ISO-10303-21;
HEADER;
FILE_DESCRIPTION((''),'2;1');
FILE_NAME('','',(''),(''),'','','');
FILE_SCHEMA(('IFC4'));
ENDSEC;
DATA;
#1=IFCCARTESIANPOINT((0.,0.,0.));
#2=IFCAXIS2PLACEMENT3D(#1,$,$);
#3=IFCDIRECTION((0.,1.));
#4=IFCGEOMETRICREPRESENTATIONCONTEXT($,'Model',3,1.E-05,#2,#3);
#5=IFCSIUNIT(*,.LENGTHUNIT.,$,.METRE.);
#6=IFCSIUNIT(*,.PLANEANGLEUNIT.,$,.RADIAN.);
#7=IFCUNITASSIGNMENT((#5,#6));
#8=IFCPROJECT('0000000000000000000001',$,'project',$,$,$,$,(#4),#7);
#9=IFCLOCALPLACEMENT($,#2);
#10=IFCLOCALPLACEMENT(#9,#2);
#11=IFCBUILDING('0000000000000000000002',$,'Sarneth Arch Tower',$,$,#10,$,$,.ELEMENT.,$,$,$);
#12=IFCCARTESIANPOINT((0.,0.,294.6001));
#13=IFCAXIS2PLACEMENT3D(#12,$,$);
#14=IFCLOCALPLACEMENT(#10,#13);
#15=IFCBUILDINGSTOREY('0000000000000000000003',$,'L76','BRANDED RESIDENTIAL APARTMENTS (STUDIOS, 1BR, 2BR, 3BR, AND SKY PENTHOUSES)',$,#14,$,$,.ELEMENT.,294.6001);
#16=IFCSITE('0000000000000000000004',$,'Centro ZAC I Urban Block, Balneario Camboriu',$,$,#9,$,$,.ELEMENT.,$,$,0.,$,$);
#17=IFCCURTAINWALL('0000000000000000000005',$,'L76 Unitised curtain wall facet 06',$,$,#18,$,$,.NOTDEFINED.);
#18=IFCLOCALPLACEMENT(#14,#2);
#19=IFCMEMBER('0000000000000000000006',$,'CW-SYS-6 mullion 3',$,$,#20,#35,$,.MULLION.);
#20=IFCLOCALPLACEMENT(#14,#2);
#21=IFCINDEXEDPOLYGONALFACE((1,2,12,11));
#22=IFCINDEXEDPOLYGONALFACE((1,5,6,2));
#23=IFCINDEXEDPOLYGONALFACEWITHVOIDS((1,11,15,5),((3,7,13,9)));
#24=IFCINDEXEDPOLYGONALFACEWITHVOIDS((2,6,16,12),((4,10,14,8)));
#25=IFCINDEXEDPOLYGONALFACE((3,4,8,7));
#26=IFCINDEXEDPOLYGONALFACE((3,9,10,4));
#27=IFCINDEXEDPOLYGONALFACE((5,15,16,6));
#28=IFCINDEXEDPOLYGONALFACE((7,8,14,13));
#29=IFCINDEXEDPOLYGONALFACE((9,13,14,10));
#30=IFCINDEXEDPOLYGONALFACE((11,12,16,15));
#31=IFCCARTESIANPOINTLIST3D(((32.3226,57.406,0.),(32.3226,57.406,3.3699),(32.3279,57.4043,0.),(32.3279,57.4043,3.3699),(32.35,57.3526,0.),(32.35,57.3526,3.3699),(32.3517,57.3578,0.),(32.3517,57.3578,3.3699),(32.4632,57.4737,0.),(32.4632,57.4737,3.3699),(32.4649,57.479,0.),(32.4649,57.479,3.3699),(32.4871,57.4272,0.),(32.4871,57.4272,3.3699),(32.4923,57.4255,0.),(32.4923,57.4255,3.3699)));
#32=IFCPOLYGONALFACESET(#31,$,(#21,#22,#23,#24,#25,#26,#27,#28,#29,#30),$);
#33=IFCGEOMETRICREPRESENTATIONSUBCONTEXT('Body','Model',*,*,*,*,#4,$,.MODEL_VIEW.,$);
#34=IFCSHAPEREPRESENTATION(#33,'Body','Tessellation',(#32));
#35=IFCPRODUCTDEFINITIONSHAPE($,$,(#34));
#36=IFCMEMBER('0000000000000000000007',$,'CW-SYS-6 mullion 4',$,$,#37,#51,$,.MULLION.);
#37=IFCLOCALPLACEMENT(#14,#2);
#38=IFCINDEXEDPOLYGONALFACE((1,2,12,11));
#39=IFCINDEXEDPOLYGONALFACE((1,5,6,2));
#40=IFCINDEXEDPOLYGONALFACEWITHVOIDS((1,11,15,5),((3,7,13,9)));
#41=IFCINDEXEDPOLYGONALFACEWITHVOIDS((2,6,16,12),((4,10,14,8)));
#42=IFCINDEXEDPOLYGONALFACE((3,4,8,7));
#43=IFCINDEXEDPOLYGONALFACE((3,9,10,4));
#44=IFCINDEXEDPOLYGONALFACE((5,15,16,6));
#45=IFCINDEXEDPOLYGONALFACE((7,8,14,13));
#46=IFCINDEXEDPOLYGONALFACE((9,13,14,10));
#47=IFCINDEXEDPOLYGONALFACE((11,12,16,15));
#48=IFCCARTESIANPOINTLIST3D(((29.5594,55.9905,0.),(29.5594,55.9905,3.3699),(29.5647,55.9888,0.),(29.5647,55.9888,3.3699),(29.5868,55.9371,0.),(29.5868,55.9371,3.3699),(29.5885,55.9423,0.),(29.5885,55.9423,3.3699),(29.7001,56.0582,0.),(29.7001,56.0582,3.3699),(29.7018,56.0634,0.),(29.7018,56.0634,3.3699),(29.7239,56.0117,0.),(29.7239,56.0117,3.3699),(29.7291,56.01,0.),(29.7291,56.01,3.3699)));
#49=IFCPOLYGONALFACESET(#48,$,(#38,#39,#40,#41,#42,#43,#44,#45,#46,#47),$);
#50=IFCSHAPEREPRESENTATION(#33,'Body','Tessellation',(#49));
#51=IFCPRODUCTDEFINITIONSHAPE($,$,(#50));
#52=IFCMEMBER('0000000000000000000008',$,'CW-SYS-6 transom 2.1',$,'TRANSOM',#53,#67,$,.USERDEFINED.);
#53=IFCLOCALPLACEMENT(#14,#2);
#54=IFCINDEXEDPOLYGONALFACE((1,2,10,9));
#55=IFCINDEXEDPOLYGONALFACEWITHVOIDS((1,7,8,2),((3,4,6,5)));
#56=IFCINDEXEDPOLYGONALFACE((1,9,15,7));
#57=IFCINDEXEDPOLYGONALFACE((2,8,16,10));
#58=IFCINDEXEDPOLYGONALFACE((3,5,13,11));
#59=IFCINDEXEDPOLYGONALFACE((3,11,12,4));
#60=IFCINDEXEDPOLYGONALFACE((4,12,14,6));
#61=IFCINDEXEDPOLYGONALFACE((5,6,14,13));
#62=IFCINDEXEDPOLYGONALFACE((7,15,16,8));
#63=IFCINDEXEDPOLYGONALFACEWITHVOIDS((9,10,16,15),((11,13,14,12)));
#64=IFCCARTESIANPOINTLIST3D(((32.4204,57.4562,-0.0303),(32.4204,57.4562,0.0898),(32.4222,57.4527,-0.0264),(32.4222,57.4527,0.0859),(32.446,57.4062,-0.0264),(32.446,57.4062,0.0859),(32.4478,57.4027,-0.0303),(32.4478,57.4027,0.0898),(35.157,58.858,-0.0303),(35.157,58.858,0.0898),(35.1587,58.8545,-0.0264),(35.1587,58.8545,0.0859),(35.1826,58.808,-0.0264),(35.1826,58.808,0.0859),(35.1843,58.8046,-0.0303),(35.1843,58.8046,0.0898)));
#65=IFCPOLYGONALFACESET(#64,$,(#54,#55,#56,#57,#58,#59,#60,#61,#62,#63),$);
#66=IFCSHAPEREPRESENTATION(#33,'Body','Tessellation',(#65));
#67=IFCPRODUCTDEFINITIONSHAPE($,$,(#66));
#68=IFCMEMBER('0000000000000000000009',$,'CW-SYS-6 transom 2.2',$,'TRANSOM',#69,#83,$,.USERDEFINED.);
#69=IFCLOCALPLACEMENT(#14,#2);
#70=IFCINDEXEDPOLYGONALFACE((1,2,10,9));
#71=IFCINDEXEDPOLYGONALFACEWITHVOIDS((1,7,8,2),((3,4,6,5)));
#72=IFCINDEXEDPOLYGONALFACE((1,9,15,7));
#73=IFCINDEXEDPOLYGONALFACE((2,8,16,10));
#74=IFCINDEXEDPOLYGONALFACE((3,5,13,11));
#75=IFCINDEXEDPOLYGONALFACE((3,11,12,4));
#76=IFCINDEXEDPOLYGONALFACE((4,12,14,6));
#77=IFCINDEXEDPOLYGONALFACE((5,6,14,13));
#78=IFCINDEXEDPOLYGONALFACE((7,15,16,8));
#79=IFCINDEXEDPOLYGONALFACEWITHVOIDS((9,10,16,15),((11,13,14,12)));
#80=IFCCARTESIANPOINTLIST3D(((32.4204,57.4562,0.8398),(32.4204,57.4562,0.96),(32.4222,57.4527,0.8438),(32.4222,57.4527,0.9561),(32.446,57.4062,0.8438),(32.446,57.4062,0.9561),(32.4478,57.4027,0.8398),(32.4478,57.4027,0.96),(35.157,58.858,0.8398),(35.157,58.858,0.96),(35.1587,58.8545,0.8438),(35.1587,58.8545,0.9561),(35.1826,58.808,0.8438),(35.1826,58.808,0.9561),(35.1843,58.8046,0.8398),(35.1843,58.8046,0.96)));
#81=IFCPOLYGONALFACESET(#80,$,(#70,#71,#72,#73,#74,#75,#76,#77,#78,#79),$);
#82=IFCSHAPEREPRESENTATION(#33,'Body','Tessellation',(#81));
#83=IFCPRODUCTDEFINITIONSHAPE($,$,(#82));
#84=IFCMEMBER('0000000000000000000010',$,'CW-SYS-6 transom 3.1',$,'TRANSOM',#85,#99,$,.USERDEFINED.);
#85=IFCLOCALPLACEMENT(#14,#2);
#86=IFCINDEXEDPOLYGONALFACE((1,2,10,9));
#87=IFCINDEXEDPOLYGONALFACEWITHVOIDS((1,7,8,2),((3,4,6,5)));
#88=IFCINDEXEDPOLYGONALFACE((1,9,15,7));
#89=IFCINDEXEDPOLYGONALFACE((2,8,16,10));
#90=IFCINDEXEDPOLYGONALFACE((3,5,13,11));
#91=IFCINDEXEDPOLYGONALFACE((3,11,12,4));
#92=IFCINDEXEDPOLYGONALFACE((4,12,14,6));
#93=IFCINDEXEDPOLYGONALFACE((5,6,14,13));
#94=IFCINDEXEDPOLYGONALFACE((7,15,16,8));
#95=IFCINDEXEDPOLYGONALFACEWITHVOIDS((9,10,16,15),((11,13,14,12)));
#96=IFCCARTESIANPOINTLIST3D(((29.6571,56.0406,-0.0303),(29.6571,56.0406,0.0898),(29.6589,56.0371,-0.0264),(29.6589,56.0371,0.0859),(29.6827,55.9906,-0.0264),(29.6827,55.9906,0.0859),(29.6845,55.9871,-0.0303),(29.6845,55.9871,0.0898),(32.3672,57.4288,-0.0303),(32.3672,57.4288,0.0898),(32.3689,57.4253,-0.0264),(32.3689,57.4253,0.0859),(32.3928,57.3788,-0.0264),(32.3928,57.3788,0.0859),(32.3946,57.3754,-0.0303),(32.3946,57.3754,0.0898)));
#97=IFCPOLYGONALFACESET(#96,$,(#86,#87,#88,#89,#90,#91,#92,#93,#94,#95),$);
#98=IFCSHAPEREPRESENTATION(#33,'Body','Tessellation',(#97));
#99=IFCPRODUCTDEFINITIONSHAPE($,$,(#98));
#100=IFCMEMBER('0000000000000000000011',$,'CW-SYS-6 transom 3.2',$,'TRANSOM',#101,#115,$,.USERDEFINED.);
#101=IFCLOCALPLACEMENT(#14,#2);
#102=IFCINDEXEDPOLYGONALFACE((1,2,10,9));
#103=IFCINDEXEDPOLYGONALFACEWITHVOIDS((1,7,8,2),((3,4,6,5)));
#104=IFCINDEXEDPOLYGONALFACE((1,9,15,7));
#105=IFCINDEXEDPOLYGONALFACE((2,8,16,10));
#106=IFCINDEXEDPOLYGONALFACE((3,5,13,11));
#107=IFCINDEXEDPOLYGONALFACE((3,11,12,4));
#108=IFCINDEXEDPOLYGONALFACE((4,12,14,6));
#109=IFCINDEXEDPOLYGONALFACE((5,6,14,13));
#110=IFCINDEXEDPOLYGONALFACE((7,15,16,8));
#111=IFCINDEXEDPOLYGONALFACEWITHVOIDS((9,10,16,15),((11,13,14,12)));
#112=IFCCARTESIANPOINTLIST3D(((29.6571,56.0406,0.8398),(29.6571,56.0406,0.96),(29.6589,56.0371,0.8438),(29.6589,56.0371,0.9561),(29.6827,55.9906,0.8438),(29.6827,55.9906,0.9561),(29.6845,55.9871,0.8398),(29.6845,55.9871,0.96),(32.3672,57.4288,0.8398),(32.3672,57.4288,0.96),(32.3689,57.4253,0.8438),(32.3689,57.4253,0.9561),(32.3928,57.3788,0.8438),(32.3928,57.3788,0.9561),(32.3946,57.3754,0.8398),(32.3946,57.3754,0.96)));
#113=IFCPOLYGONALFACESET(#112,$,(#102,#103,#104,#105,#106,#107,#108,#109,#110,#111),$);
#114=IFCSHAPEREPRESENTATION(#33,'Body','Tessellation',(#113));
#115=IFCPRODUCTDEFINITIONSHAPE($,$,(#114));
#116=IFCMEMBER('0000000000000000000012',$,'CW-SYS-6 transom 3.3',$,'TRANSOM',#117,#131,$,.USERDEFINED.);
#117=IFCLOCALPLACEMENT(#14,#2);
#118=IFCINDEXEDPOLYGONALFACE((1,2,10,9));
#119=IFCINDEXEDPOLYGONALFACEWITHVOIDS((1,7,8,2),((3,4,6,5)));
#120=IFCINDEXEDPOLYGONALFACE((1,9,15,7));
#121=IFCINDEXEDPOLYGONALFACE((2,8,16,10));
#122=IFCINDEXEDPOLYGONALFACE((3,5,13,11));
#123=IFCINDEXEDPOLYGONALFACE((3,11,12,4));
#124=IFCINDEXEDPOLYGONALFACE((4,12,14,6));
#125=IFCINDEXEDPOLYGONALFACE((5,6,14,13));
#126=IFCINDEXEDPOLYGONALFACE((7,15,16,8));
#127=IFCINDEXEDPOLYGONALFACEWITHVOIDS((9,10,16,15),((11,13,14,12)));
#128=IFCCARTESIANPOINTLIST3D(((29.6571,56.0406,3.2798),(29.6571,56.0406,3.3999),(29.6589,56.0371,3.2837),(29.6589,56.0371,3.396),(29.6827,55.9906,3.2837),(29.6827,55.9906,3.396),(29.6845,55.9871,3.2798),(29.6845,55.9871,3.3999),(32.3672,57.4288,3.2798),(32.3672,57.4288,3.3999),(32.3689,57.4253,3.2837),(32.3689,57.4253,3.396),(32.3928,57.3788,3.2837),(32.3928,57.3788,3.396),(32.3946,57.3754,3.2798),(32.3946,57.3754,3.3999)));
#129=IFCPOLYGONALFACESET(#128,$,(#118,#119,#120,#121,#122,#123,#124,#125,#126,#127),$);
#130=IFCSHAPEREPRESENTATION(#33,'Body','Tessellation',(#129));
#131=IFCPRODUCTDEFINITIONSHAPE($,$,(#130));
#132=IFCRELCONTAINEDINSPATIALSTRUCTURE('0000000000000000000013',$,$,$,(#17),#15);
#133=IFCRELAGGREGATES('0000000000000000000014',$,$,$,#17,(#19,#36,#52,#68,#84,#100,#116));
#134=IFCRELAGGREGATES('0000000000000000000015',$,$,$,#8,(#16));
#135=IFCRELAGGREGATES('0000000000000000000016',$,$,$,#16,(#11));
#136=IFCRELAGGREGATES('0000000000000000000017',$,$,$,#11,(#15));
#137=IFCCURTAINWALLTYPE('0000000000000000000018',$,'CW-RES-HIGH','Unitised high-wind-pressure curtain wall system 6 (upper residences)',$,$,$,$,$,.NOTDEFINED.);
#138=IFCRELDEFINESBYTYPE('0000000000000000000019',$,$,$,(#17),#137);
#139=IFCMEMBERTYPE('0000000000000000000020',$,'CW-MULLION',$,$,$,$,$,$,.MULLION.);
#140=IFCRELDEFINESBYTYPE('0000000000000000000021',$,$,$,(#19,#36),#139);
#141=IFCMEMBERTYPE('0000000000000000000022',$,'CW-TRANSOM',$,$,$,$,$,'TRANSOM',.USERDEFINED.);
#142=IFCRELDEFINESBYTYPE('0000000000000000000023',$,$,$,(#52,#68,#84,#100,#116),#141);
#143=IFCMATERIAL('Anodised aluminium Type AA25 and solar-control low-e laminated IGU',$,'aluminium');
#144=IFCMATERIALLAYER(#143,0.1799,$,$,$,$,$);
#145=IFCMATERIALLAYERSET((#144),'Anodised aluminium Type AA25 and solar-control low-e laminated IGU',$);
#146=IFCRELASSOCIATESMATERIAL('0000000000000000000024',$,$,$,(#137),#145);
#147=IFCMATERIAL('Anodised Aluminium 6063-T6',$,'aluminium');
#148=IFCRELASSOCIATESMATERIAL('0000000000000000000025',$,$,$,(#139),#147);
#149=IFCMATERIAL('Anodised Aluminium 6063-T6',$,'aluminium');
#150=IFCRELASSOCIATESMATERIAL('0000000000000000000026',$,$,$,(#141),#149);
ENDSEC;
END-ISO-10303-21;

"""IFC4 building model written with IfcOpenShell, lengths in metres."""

from ifc_helpers import new_model, si_unit, direction, frame, origin, origin_2d, place, context, subcontext, project, spatial, hollow_rectangle, extrude, material, layer, layer_set, material_profile, profile_set, type_object, element, aggregate, save


model = new_model("IFC4")

# Units and contexts
model_context = context("Model", 3, precision=1e-05, world=origin(), true_north=direction((0.0, 1.0)))
body_context = subcontext(model_context, "Body", "Model", "MODEL_VIEW")
ifc_project = project(units=[si_unit("LENGTHUNIT", "METRE"), si_unit("PLANEANGLEUNIT", "RADIAN")], contexts=[model_context])

# Site, building, storey
site_placement = place(None, origin())
site = spatial("IfcSite", under=ifc_project, at=site_placement, Name="Centro ZAC I Urban Block, Balneario Camboriu", CompositionType="ELEMENT", RefElevation=0.0)
building_placement = place(site_placement, origin())
building = spatial("IfcBuilding", under=site, at=building_placement, Name="Sarneth Arch Tower", CompositionType="ELEMENT")
storey_placement = place(building_placement, frame((0.0, 0.0, 294.6001)))
storey = spatial("IfcBuildingStorey", under=building, at=storey_placement, Name="L76", Description="BRANDED RESIDENTIAL APARTMENTS (STUDIOS, 1BR, 2BR, 3BR, AND SKY PENTHOUSES)", CompositionType="ELEMENT", Elevation=294.6001)

# Curtain wall, members
ifc_material_1 = material(Name="Anodised aluminium Type AA25 and solar-control low-e laminated IGU", Category="aluminium")
ifc_layer_1 = layer(ifc_material_1, 0.1799)
ifc_layer_set_1 = layer_set([ifc_layer_1], Name="Anodised aluminium Type AA25 and solar-control low-e laminated IGU")
curtain_wall_type = type_object("IfcCurtainWallType", Name="CW-RES-HIGH", Description="Unitised high-wind-pressure curtain wall system 6 (upper residences)", PredefinedType="NOTDEFINED", material=ifc_layer_set_1)
curtain_wall_placement = place(storey_placement, origin())
curtain_wall = element("IfcCurtainWall", 1, at=curtain_wall_placement, inside=storey, type_object=curtain_wall_type, Name="L76 Unitised curtain wall facet 06", PredefinedType="NOTDEFINED")
ifc_material_2 = material(Name="Anodised Aluminium 6063-T6", Category="aluminium")
ifc_material_profile_1 = material_profile(ifc_material_2, hollow_rectangle(XDim=0.0601, YDim=0.1599, WallThickness=0.0039, at=origin_2d()), Name="AL-MULL-160x60x4")
ifc_profile_set_1 = profile_set([ifc_material_profile_1], Name="Anodised Aluminium 6063-T6")
member_type_1 = type_object("IfcMemberType", Name="CW-MULLION", PredefinedType="MULLION", material=ifc_profile_set_1)
member_1_placement = place(storey_placement, frame((32.4075, 57.4158, 0.0), z_axis=(0.0, 0.0, 1.0), x_axis=(0.455942, -0.89001, 0.0)))
member_1 = element("IfcMember", 2, at=member_1_placement, type_object=member_type_1, Name="CW-SYS-6 mullion 3", PredefinedType="MULLION", context=body_context, shape_type="SweptSolid", body=[
    extrude(hollow_rectangle(XDim=0.0601, YDim=0.1599, WallThickness=0.0039, at=origin_2d()), origin(), (0.0, 0.0, 1.0), 3.3699),
])
member_2_placement = place(storey_placement, frame((29.6443, 56.0002, 0.0), z_axis=(0.0, 0.0, 1.0), x_axis=(0.455942, -0.89001, 0.0)))
member_2 = element("IfcMember", 3, at=member_2_placement, type_object=member_type_1, Name="CW-SYS-6 mullion 4", PredefinedType="MULLION", context=body_context, shape_type="SweptSolid", body=[
    extrude(hollow_rectangle(XDim=0.0601, YDim=0.1599, WallThickness=0.0039, at=origin_2d()), origin(), (0.0, 0.0, 1.0), 3.3699),
])
ifc_material_3 = material(Name="Anodised Aluminium 6063-T6", Category="aluminium")
ifc_material_profile_2 = material_profile(ifc_material_3, hollow_rectangle(XDim=0.0601, YDim=0.1201, WallThickness=0.0039, at=origin_2d()), Name="AL-TRAN-120x60x4")
ifc_profile_set_2 = profile_set([ifc_material_profile_2], Name="Anodised Aluminium 6063-T6")
member_type_2 = type_object("IfcMemberType", Name="CW-TRANSOM", ElementType="TRANSOM", PredefinedType="USERDEFINED", material=ifc_profile_set_2)
member_3_placement = place(storey_placement, frame((35.1707, 58.8313, 0.0298), z_axis=(-0.890017, -0.455926, 0.0), x_axis=(0.455926, -0.890017, 0.0)))
member_3 = element("IfcMember", 4, at=member_3_placement, type_object=member_type_2, Name="CW-SYS-6 transom 2.1", ObjectType="TRANSOM", PredefinedType="USERDEFINED", context=body_context, shape_type="SweptSolid", body=[
    extrude(hollow_rectangle(XDim=0.0601, YDim=0.1201, WallThickness=0.0039, at=origin_2d()), origin(), (0.0, 0.0, 1.0), 3.0747),
])
member_4_placement = place(storey_placement, frame((35.1707, 58.8313, 0.8999), z_axis=(-0.890017, -0.455926, 0.0), x_axis=(0.455926, -0.890017, 0.0)))
member_4 = element("IfcMember", 5, at=member_4_placement, type_object=member_type_2, Name="CW-SYS-6 transom 2.2", ObjectType="TRANSOM", PredefinedType="USERDEFINED", context=body_context, shape_type="SweptSolid", body=[
    extrude(hollow_rectangle(XDim=0.0601, YDim=0.1201, WallThickness=0.0039, at=origin_2d()), origin(), (0.0, 0.0, 1.0), 3.0747),
])
member_5_placement = place(storey_placement, frame((32.3809, 57.4021, 0.0298), z_axis=(-0.890023, -0.455916, 0.0), x_axis=(0.455916, -0.890023, 0.0)))
member_5 = element("IfcMember", 6, at=member_5_placement, type_object=member_type_2, Name="CW-SYS-6 transom 3.1", ObjectType="TRANSOM", PredefinedType="USERDEFINED", context=body_context, shape_type="SweptSolid", body=[
    extrude(hollow_rectangle(XDim=0.0601, YDim=0.1201, WallThickness=0.0039, at=origin_2d()), origin(), (0.0, 0.0, 1.0), 3.0449),
])
member_6_placement = place(storey_placement, frame((32.3809, 57.4021, 0.8999), z_axis=(-0.890023, -0.455916, 0.0), x_axis=(0.455916, -0.890023, 0.0)))
member_6 = element("IfcMember", 7, at=member_6_placement, type_object=member_type_2, Name="CW-SYS-6 transom 3.2", ObjectType="TRANSOM", PredefinedType="USERDEFINED", context=body_context, shape_type="SweptSolid", body=[
    extrude(hollow_rectangle(XDim=0.0601, YDim=0.1201, WallThickness=0.0039, at=origin_2d()), origin(), (0.0, 0.0, 1.0), 3.0449),
])
member_7_placement = place(storey_placement, frame((32.3809, 57.4021, 3.3398), z_axis=(-0.890023, -0.455916, 0.0), x_axis=(0.455916, -0.890023, 0.0)))
member_7 = element("IfcMember", 8, at=member_7_placement, type_object=member_type_2, Name="CW-SYS-6 transom 3.3", ObjectType="TRANSOM", PredefinedType="USERDEFINED", context=body_context, shape_type="SweptSolid", body=[
    extrude(hollow_rectangle(XDim=0.0601, YDim=0.1201, WallThickness=0.0039, at=origin_2d()), origin(), (0.0, 0.0, 1.0), 3.0449),
])

aggregate(curtain_wall, [member_1, member_2, member_3, member_4, member_5, member_6, member_7])

save(model, "model.ifc")
